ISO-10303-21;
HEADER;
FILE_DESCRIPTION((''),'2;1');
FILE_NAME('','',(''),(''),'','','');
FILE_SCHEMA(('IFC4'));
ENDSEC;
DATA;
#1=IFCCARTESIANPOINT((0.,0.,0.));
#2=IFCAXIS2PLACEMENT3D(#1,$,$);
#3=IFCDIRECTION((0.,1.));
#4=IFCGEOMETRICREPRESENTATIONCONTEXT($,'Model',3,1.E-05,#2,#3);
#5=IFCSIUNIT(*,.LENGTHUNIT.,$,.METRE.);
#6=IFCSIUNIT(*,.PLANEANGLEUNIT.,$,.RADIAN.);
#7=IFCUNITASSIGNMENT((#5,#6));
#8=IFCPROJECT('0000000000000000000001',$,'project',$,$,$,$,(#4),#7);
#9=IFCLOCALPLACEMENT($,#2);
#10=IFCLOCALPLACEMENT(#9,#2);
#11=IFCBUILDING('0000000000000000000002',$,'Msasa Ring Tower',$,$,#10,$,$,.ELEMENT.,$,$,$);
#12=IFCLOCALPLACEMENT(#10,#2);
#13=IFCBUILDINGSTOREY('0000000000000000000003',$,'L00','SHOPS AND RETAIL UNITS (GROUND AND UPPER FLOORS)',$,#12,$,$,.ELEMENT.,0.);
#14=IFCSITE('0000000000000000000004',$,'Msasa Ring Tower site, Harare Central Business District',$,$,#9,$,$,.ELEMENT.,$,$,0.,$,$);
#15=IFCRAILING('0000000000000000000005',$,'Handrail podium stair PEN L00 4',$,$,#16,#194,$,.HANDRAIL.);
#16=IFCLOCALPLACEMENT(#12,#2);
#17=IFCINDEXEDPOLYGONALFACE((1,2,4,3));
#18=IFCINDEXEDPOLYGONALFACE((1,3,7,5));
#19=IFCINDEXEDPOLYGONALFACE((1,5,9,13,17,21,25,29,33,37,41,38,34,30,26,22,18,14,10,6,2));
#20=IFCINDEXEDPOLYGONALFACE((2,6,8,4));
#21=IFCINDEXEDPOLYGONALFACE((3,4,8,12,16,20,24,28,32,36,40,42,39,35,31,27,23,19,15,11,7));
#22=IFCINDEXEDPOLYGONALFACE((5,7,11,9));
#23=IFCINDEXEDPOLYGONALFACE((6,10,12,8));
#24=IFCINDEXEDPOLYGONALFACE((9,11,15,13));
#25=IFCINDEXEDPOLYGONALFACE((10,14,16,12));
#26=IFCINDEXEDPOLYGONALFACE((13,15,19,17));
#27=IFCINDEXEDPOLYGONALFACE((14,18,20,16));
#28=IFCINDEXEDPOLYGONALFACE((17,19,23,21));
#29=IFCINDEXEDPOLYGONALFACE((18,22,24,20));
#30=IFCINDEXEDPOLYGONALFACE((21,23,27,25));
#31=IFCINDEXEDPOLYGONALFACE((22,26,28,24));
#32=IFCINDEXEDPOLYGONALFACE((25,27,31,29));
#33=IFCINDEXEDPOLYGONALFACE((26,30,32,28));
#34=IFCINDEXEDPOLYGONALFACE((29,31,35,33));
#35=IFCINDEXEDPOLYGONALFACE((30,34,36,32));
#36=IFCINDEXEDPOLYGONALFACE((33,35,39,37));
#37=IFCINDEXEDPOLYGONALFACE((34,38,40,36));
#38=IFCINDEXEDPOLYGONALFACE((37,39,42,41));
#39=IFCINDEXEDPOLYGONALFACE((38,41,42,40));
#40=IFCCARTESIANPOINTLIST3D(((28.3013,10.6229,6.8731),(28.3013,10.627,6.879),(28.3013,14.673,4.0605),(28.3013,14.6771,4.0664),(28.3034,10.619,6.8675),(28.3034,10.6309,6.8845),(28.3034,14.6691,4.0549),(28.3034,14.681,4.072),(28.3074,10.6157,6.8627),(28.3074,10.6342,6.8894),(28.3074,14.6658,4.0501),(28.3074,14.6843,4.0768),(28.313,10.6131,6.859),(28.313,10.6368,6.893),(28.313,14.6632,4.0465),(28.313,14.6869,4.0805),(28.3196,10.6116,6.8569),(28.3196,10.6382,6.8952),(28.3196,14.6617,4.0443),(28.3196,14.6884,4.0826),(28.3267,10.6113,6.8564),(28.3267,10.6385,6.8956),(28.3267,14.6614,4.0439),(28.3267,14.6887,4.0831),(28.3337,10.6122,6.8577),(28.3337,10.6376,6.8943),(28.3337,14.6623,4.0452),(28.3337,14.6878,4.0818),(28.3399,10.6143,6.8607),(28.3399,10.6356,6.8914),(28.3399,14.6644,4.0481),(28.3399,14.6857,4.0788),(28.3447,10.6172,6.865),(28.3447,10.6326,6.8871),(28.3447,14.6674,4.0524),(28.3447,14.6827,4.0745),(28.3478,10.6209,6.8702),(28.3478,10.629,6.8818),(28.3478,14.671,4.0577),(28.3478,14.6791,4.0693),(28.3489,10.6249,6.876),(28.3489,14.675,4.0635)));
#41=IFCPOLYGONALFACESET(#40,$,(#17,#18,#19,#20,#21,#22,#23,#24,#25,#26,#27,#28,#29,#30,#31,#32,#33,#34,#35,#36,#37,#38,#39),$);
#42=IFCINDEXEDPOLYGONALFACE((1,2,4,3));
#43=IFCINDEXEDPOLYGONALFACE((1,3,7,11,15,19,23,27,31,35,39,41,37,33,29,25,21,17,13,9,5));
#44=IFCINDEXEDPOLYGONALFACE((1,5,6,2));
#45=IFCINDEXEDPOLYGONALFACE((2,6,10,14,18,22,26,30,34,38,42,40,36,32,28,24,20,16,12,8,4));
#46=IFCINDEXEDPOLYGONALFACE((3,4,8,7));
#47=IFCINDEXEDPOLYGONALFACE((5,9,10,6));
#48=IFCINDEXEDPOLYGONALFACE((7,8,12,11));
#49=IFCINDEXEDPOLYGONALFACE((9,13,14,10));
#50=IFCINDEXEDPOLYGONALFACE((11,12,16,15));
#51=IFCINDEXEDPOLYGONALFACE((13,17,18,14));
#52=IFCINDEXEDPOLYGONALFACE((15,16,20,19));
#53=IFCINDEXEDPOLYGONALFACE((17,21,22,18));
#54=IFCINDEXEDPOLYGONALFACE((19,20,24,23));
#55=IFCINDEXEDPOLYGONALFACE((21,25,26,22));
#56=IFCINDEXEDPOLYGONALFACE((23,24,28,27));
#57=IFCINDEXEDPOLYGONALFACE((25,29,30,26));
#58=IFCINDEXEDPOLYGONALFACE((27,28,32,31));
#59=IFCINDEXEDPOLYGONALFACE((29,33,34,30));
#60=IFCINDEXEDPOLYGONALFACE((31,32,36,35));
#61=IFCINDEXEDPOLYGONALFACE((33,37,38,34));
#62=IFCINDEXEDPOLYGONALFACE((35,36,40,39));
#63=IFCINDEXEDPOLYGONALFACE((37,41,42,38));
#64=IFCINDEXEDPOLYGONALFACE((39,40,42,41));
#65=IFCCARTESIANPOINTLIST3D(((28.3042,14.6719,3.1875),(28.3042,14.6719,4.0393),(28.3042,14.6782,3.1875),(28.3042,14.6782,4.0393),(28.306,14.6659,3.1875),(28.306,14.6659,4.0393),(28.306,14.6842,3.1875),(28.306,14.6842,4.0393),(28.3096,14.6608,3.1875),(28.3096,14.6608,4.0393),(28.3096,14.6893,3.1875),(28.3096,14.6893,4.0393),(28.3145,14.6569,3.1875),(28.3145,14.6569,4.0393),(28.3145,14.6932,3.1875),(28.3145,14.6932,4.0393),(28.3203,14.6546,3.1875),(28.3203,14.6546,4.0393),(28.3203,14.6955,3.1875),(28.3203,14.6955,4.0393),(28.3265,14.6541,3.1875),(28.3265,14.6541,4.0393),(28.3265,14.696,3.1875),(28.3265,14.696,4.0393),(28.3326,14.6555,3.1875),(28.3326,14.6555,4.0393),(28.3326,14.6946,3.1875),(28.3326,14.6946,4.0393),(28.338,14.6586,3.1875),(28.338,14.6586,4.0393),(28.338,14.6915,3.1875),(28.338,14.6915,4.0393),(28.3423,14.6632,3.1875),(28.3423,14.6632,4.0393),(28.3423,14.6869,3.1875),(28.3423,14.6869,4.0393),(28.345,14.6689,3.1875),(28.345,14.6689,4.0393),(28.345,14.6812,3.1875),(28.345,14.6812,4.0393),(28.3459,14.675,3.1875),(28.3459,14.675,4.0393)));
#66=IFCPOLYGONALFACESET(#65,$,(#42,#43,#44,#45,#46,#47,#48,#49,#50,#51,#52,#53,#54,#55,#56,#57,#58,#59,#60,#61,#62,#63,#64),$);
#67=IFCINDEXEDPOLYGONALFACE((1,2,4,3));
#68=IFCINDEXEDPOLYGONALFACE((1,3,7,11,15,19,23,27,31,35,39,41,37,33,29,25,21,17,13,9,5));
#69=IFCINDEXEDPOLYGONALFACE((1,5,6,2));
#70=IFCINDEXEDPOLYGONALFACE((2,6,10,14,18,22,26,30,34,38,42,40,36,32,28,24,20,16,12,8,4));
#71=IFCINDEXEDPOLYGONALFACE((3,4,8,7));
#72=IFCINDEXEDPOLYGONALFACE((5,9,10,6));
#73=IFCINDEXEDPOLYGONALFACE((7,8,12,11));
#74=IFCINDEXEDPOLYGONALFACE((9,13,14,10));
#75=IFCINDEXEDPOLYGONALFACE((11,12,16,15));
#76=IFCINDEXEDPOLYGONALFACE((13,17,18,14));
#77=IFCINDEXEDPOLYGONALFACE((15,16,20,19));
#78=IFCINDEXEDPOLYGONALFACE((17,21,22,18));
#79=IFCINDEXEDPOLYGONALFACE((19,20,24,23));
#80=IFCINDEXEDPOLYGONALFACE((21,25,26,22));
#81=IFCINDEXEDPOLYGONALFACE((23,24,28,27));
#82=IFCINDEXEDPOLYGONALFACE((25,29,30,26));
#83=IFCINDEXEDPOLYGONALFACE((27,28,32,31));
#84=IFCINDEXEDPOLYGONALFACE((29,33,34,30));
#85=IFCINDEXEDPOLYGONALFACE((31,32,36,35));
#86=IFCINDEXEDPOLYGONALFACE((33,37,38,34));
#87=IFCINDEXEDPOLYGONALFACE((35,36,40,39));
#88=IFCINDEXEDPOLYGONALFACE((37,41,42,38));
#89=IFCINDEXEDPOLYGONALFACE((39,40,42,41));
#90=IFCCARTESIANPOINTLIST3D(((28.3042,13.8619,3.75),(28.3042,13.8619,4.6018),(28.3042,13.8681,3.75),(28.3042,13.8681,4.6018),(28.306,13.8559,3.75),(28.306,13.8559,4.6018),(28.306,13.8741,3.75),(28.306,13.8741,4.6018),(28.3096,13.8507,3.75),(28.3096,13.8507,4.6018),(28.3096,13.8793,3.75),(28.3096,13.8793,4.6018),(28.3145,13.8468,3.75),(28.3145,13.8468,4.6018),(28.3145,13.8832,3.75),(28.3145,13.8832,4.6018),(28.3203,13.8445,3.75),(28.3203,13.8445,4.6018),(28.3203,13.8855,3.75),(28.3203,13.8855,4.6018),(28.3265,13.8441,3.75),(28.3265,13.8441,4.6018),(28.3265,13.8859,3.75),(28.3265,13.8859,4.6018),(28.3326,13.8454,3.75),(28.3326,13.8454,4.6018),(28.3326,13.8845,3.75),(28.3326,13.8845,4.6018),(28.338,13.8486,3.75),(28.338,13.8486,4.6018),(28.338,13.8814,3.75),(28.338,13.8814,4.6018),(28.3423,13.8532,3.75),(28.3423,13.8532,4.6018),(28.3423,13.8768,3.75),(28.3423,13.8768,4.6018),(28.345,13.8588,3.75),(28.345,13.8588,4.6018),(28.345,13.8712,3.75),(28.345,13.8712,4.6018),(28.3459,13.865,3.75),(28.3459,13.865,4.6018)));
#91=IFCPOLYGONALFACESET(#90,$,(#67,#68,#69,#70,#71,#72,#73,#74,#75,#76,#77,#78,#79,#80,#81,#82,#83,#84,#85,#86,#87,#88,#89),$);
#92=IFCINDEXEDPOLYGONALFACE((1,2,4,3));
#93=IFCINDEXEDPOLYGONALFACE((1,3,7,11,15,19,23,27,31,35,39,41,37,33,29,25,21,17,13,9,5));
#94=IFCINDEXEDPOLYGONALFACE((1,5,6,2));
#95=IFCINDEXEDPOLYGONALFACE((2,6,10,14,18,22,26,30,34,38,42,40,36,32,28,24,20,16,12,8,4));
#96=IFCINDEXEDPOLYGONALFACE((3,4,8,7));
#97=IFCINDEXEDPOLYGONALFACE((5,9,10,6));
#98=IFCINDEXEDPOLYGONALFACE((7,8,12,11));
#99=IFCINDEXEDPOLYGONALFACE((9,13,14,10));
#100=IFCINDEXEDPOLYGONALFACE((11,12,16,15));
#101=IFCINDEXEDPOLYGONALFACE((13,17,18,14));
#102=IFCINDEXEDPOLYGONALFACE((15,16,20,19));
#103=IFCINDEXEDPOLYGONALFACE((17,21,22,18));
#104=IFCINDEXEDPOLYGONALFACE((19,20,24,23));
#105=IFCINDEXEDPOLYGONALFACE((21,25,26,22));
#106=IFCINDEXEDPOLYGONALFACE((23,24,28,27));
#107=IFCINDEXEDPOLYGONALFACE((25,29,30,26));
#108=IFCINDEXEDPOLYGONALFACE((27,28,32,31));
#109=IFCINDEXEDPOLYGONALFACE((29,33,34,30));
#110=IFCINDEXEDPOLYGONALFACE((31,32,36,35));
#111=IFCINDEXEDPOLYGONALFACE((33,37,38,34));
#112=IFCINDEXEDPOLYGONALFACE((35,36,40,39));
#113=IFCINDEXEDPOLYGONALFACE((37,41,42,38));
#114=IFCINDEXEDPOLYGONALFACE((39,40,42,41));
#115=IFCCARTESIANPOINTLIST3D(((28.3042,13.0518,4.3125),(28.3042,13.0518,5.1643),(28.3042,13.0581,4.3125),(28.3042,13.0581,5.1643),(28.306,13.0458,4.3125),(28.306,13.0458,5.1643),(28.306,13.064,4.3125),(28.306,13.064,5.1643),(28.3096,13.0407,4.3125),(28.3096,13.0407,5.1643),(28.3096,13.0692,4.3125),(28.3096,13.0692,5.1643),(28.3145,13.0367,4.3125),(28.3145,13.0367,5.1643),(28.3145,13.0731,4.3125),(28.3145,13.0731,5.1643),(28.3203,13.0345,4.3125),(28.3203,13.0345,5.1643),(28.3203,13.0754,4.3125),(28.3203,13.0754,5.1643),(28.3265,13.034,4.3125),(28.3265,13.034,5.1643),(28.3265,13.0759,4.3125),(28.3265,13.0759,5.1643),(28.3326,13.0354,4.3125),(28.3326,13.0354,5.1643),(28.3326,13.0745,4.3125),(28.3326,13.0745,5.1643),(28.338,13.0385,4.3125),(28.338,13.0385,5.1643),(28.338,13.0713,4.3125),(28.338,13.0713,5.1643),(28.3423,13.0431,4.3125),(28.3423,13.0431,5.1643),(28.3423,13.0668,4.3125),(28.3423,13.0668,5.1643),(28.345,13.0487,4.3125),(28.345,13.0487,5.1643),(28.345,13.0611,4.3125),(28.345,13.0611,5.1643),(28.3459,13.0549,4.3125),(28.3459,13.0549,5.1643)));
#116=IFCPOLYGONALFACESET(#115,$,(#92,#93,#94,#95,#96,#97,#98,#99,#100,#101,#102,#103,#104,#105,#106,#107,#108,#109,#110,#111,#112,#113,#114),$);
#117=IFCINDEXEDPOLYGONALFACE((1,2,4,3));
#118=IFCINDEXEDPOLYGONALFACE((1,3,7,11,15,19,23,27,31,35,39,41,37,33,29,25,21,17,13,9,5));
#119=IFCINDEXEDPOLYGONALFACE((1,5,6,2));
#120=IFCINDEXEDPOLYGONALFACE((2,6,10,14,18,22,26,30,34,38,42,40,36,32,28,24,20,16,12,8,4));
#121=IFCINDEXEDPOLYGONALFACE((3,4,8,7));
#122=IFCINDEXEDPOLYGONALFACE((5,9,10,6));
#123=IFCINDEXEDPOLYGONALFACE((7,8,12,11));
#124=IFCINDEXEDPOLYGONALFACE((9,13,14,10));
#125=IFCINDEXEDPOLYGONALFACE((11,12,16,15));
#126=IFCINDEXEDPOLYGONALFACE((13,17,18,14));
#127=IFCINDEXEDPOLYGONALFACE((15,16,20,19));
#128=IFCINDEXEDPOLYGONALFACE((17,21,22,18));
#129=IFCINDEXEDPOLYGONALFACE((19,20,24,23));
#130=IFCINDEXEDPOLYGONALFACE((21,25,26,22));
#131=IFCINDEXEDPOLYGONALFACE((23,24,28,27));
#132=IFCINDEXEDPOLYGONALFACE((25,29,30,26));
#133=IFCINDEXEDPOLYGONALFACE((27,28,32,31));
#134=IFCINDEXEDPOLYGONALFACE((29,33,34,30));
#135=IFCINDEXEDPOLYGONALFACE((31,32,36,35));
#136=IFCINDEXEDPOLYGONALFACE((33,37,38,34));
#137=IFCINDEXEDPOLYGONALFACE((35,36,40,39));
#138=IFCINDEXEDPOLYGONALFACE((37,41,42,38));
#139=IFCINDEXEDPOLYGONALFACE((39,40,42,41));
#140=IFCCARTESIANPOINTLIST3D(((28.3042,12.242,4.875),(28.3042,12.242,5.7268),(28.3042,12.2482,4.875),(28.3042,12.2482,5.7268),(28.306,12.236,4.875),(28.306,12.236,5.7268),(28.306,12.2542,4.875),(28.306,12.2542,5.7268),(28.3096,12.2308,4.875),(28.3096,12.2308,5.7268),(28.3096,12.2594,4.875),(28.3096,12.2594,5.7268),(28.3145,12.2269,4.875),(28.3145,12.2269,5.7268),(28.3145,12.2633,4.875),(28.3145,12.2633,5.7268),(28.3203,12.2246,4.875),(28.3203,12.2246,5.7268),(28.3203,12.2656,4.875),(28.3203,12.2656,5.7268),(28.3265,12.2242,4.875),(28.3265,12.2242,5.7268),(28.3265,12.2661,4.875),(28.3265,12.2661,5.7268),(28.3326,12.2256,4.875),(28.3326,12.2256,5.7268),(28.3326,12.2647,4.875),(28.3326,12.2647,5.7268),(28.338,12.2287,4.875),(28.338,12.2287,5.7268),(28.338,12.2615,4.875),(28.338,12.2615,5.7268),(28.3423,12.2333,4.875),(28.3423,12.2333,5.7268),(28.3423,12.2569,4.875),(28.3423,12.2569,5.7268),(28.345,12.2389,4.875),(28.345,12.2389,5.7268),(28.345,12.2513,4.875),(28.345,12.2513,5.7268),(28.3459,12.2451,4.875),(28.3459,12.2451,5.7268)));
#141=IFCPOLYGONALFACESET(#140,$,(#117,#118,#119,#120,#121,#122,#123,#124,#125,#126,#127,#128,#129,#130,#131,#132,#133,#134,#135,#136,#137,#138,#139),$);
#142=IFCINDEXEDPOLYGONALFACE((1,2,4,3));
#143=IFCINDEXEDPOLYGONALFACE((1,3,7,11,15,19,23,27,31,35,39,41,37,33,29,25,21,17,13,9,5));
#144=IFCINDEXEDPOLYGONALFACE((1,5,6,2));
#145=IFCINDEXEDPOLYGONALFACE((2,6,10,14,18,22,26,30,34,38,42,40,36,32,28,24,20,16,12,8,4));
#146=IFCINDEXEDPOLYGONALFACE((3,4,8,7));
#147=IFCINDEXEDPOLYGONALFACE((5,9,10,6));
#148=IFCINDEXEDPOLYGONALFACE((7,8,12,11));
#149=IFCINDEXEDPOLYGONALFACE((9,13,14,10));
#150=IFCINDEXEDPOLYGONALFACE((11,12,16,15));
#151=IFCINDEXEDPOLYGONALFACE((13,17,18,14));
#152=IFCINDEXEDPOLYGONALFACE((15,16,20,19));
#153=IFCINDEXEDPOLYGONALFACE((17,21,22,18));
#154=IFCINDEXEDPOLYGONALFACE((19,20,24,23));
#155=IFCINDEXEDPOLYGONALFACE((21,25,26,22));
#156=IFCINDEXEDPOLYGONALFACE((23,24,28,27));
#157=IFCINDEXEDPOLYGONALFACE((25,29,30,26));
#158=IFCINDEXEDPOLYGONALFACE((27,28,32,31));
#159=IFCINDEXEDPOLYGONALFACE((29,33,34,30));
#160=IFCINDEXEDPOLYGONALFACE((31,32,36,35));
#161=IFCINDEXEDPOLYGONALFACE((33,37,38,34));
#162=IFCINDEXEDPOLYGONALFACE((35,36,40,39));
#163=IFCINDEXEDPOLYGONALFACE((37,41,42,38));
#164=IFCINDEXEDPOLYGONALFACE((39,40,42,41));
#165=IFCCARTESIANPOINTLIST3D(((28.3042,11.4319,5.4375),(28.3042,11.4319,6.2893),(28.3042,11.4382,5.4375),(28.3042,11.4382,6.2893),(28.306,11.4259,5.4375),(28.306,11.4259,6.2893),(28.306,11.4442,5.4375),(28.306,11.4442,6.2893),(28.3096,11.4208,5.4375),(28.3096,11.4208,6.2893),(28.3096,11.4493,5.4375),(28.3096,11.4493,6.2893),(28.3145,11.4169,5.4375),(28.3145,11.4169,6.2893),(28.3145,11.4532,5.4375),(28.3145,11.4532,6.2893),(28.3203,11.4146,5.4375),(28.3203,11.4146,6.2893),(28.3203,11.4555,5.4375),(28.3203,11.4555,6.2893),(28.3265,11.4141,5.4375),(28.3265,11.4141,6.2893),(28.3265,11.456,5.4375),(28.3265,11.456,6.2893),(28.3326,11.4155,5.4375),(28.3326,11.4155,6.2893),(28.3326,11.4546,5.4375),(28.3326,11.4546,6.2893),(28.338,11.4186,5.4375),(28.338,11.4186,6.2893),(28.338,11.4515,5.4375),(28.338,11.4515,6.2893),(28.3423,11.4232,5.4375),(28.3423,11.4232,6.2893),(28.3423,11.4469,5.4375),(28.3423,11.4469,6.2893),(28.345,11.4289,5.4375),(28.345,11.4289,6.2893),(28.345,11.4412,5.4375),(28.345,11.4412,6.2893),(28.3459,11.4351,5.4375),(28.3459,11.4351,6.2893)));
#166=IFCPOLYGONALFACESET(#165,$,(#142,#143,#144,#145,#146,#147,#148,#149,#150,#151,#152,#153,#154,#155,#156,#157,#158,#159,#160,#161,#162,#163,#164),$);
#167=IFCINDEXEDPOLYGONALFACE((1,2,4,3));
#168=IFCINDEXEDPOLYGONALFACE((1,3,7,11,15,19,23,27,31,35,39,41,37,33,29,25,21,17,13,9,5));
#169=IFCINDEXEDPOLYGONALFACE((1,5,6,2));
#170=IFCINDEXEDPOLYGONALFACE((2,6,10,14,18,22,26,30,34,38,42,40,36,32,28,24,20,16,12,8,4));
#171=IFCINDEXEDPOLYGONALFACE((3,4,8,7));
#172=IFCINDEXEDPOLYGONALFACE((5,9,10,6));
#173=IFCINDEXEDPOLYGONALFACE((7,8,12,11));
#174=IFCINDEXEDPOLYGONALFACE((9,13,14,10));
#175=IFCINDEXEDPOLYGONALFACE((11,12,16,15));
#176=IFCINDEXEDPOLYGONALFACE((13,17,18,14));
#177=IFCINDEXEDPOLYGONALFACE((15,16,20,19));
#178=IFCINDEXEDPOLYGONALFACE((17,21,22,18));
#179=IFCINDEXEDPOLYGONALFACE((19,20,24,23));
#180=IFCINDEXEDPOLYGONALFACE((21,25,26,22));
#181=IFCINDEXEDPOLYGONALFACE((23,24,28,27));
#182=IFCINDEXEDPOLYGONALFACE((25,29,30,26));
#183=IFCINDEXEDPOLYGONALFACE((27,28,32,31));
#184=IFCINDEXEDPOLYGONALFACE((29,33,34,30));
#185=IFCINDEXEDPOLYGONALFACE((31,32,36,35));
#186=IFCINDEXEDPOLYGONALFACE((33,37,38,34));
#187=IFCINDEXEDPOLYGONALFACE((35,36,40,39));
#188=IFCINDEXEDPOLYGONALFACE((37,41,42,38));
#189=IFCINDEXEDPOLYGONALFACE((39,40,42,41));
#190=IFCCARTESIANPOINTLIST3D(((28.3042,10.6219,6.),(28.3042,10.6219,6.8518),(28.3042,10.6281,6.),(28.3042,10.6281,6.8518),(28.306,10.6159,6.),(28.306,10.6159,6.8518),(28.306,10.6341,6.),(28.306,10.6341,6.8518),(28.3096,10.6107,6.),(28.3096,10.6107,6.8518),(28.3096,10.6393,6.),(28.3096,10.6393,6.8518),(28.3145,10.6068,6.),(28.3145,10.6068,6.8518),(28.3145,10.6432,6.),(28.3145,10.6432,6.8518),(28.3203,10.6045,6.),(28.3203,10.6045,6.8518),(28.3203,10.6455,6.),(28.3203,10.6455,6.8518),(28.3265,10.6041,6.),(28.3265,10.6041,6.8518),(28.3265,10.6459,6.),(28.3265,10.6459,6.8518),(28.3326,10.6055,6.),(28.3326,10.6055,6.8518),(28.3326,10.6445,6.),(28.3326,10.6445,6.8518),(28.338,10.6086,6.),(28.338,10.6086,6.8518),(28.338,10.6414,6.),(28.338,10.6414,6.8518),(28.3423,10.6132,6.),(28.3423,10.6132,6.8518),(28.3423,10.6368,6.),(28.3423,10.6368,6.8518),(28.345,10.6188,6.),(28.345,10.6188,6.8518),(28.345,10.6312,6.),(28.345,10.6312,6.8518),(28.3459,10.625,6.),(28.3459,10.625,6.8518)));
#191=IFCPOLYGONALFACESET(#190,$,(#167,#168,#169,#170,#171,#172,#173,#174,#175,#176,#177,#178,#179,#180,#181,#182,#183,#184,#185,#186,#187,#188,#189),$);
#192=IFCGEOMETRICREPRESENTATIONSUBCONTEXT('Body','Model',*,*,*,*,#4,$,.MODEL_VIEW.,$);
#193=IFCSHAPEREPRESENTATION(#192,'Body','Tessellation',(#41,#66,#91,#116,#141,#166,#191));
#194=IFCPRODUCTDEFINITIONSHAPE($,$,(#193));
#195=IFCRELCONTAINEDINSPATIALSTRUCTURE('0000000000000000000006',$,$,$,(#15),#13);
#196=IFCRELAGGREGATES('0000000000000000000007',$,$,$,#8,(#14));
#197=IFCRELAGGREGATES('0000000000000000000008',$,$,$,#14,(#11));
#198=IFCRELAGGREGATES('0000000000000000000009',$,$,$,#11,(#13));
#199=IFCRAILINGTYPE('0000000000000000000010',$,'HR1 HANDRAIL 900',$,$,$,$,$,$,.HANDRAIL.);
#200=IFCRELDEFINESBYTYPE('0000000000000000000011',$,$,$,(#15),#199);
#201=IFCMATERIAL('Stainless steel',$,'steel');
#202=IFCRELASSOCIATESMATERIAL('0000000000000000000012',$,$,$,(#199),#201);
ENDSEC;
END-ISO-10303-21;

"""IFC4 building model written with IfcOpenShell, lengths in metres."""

from ifc_helpers import new_model, si_unit, direction, frame, origin, origin_2d, place, context, subcontext, project, spatial, circle, extrude, material, type_object, element, save


model = new_model("IFC4")

# Units and contexts
model_context = context("Model", 3, precision=1e-05, world=origin(), true_north=direction((0.0, 1.0)))
body_context = subcontext(model_context, "Body", "Model", "MODEL_VIEW")
ifc_project = project(units=[si_unit("LENGTHUNIT", "METRE"), si_unit("PLANEANGLEUNIT", "RADIAN")], contexts=[model_context])

# Site, building, storey
site_placement = place(None, origin())
site = spatial("IfcSite", under=ifc_project, at=site_placement, Name="Msasa Ring Tower site, Harare Central Business District", CompositionType="ELEMENT", RefElevation=0.0)
building_placement = place(site_placement, origin())
building = spatial("IfcBuilding", under=site, at=building_placement, Name="Msasa Ring Tower", CompositionType="ELEMENT")
storey_placement = place(building_placement, origin())
storey = spatial("IfcBuildingStorey", under=building, at=storey_placement, Name="L00", Description="SHOPS AND RETAIL UNITS (GROUND AND UPPER FLOORS)", CompositionType="ELEMENT", Elevation=0.0)

# Railing
ifc_material_1 = material(Name="Stainless steel", Category="steel")
railing_type = type_object("IfcRailingType", Name="HR1 HANDRAIL 900", PredefinedType="HANDRAIL", material=ifc_material_1)
for number, where, name in (
    (1, (28.325, 14.675, 3.1875), "Handrail podium stair PEN L00 4"),
):
    element("IfcRailing", number, at=place(storey_placement, frame(where)), inside=storey, type_object=railing_type, Name=name, PredefinedType="HANDRAIL", context=body_context, shape_type="SweptSolid", body=[
        extrude(circle(Radius=0.0239, at=origin_2d()), frame((0.0, 0.0, 0.876), z_axis=(0.0, -0.821373, 0.570391), x_axis=(1.0, 0.0, 0.0)), (0.0, 0.0, 1.0), 4.9309),
        extrude(circle(Radius=0.021, at=origin_2d()), origin(), (0.0, 0.0, 1.0), 0.8518),
        extrude(circle(Radius=0.021, at=origin_2d()), frame((0.0, -0.8101, 0.5625)), (0.0, 0.0, 1.0), 0.8518),
        extrude(circle(Radius=0.021, at=origin_2d()), frame((0.0, -1.6201, 1.125)), (0.0, 0.0, 1.0), 0.8518),
        extrude(circle(Radius=0.021, at=origin_2d()), frame((0.0, -2.4299, 1.6875)), (0.0, 0.0, 1.0), 0.8518),
        extrude(circle(Radius=0.021, at=origin_2d()), frame((0.0, -3.24, 2.25)), (0.0, 0.0, 1.0), 0.8518),
        extrude(circle(Radius=0.021, at=origin_2d()), frame((0.0, -4.05, 2.8125)), (0.0, 0.0, 1.0), 0.8518),
    ])

save(model, "model.ifc")
